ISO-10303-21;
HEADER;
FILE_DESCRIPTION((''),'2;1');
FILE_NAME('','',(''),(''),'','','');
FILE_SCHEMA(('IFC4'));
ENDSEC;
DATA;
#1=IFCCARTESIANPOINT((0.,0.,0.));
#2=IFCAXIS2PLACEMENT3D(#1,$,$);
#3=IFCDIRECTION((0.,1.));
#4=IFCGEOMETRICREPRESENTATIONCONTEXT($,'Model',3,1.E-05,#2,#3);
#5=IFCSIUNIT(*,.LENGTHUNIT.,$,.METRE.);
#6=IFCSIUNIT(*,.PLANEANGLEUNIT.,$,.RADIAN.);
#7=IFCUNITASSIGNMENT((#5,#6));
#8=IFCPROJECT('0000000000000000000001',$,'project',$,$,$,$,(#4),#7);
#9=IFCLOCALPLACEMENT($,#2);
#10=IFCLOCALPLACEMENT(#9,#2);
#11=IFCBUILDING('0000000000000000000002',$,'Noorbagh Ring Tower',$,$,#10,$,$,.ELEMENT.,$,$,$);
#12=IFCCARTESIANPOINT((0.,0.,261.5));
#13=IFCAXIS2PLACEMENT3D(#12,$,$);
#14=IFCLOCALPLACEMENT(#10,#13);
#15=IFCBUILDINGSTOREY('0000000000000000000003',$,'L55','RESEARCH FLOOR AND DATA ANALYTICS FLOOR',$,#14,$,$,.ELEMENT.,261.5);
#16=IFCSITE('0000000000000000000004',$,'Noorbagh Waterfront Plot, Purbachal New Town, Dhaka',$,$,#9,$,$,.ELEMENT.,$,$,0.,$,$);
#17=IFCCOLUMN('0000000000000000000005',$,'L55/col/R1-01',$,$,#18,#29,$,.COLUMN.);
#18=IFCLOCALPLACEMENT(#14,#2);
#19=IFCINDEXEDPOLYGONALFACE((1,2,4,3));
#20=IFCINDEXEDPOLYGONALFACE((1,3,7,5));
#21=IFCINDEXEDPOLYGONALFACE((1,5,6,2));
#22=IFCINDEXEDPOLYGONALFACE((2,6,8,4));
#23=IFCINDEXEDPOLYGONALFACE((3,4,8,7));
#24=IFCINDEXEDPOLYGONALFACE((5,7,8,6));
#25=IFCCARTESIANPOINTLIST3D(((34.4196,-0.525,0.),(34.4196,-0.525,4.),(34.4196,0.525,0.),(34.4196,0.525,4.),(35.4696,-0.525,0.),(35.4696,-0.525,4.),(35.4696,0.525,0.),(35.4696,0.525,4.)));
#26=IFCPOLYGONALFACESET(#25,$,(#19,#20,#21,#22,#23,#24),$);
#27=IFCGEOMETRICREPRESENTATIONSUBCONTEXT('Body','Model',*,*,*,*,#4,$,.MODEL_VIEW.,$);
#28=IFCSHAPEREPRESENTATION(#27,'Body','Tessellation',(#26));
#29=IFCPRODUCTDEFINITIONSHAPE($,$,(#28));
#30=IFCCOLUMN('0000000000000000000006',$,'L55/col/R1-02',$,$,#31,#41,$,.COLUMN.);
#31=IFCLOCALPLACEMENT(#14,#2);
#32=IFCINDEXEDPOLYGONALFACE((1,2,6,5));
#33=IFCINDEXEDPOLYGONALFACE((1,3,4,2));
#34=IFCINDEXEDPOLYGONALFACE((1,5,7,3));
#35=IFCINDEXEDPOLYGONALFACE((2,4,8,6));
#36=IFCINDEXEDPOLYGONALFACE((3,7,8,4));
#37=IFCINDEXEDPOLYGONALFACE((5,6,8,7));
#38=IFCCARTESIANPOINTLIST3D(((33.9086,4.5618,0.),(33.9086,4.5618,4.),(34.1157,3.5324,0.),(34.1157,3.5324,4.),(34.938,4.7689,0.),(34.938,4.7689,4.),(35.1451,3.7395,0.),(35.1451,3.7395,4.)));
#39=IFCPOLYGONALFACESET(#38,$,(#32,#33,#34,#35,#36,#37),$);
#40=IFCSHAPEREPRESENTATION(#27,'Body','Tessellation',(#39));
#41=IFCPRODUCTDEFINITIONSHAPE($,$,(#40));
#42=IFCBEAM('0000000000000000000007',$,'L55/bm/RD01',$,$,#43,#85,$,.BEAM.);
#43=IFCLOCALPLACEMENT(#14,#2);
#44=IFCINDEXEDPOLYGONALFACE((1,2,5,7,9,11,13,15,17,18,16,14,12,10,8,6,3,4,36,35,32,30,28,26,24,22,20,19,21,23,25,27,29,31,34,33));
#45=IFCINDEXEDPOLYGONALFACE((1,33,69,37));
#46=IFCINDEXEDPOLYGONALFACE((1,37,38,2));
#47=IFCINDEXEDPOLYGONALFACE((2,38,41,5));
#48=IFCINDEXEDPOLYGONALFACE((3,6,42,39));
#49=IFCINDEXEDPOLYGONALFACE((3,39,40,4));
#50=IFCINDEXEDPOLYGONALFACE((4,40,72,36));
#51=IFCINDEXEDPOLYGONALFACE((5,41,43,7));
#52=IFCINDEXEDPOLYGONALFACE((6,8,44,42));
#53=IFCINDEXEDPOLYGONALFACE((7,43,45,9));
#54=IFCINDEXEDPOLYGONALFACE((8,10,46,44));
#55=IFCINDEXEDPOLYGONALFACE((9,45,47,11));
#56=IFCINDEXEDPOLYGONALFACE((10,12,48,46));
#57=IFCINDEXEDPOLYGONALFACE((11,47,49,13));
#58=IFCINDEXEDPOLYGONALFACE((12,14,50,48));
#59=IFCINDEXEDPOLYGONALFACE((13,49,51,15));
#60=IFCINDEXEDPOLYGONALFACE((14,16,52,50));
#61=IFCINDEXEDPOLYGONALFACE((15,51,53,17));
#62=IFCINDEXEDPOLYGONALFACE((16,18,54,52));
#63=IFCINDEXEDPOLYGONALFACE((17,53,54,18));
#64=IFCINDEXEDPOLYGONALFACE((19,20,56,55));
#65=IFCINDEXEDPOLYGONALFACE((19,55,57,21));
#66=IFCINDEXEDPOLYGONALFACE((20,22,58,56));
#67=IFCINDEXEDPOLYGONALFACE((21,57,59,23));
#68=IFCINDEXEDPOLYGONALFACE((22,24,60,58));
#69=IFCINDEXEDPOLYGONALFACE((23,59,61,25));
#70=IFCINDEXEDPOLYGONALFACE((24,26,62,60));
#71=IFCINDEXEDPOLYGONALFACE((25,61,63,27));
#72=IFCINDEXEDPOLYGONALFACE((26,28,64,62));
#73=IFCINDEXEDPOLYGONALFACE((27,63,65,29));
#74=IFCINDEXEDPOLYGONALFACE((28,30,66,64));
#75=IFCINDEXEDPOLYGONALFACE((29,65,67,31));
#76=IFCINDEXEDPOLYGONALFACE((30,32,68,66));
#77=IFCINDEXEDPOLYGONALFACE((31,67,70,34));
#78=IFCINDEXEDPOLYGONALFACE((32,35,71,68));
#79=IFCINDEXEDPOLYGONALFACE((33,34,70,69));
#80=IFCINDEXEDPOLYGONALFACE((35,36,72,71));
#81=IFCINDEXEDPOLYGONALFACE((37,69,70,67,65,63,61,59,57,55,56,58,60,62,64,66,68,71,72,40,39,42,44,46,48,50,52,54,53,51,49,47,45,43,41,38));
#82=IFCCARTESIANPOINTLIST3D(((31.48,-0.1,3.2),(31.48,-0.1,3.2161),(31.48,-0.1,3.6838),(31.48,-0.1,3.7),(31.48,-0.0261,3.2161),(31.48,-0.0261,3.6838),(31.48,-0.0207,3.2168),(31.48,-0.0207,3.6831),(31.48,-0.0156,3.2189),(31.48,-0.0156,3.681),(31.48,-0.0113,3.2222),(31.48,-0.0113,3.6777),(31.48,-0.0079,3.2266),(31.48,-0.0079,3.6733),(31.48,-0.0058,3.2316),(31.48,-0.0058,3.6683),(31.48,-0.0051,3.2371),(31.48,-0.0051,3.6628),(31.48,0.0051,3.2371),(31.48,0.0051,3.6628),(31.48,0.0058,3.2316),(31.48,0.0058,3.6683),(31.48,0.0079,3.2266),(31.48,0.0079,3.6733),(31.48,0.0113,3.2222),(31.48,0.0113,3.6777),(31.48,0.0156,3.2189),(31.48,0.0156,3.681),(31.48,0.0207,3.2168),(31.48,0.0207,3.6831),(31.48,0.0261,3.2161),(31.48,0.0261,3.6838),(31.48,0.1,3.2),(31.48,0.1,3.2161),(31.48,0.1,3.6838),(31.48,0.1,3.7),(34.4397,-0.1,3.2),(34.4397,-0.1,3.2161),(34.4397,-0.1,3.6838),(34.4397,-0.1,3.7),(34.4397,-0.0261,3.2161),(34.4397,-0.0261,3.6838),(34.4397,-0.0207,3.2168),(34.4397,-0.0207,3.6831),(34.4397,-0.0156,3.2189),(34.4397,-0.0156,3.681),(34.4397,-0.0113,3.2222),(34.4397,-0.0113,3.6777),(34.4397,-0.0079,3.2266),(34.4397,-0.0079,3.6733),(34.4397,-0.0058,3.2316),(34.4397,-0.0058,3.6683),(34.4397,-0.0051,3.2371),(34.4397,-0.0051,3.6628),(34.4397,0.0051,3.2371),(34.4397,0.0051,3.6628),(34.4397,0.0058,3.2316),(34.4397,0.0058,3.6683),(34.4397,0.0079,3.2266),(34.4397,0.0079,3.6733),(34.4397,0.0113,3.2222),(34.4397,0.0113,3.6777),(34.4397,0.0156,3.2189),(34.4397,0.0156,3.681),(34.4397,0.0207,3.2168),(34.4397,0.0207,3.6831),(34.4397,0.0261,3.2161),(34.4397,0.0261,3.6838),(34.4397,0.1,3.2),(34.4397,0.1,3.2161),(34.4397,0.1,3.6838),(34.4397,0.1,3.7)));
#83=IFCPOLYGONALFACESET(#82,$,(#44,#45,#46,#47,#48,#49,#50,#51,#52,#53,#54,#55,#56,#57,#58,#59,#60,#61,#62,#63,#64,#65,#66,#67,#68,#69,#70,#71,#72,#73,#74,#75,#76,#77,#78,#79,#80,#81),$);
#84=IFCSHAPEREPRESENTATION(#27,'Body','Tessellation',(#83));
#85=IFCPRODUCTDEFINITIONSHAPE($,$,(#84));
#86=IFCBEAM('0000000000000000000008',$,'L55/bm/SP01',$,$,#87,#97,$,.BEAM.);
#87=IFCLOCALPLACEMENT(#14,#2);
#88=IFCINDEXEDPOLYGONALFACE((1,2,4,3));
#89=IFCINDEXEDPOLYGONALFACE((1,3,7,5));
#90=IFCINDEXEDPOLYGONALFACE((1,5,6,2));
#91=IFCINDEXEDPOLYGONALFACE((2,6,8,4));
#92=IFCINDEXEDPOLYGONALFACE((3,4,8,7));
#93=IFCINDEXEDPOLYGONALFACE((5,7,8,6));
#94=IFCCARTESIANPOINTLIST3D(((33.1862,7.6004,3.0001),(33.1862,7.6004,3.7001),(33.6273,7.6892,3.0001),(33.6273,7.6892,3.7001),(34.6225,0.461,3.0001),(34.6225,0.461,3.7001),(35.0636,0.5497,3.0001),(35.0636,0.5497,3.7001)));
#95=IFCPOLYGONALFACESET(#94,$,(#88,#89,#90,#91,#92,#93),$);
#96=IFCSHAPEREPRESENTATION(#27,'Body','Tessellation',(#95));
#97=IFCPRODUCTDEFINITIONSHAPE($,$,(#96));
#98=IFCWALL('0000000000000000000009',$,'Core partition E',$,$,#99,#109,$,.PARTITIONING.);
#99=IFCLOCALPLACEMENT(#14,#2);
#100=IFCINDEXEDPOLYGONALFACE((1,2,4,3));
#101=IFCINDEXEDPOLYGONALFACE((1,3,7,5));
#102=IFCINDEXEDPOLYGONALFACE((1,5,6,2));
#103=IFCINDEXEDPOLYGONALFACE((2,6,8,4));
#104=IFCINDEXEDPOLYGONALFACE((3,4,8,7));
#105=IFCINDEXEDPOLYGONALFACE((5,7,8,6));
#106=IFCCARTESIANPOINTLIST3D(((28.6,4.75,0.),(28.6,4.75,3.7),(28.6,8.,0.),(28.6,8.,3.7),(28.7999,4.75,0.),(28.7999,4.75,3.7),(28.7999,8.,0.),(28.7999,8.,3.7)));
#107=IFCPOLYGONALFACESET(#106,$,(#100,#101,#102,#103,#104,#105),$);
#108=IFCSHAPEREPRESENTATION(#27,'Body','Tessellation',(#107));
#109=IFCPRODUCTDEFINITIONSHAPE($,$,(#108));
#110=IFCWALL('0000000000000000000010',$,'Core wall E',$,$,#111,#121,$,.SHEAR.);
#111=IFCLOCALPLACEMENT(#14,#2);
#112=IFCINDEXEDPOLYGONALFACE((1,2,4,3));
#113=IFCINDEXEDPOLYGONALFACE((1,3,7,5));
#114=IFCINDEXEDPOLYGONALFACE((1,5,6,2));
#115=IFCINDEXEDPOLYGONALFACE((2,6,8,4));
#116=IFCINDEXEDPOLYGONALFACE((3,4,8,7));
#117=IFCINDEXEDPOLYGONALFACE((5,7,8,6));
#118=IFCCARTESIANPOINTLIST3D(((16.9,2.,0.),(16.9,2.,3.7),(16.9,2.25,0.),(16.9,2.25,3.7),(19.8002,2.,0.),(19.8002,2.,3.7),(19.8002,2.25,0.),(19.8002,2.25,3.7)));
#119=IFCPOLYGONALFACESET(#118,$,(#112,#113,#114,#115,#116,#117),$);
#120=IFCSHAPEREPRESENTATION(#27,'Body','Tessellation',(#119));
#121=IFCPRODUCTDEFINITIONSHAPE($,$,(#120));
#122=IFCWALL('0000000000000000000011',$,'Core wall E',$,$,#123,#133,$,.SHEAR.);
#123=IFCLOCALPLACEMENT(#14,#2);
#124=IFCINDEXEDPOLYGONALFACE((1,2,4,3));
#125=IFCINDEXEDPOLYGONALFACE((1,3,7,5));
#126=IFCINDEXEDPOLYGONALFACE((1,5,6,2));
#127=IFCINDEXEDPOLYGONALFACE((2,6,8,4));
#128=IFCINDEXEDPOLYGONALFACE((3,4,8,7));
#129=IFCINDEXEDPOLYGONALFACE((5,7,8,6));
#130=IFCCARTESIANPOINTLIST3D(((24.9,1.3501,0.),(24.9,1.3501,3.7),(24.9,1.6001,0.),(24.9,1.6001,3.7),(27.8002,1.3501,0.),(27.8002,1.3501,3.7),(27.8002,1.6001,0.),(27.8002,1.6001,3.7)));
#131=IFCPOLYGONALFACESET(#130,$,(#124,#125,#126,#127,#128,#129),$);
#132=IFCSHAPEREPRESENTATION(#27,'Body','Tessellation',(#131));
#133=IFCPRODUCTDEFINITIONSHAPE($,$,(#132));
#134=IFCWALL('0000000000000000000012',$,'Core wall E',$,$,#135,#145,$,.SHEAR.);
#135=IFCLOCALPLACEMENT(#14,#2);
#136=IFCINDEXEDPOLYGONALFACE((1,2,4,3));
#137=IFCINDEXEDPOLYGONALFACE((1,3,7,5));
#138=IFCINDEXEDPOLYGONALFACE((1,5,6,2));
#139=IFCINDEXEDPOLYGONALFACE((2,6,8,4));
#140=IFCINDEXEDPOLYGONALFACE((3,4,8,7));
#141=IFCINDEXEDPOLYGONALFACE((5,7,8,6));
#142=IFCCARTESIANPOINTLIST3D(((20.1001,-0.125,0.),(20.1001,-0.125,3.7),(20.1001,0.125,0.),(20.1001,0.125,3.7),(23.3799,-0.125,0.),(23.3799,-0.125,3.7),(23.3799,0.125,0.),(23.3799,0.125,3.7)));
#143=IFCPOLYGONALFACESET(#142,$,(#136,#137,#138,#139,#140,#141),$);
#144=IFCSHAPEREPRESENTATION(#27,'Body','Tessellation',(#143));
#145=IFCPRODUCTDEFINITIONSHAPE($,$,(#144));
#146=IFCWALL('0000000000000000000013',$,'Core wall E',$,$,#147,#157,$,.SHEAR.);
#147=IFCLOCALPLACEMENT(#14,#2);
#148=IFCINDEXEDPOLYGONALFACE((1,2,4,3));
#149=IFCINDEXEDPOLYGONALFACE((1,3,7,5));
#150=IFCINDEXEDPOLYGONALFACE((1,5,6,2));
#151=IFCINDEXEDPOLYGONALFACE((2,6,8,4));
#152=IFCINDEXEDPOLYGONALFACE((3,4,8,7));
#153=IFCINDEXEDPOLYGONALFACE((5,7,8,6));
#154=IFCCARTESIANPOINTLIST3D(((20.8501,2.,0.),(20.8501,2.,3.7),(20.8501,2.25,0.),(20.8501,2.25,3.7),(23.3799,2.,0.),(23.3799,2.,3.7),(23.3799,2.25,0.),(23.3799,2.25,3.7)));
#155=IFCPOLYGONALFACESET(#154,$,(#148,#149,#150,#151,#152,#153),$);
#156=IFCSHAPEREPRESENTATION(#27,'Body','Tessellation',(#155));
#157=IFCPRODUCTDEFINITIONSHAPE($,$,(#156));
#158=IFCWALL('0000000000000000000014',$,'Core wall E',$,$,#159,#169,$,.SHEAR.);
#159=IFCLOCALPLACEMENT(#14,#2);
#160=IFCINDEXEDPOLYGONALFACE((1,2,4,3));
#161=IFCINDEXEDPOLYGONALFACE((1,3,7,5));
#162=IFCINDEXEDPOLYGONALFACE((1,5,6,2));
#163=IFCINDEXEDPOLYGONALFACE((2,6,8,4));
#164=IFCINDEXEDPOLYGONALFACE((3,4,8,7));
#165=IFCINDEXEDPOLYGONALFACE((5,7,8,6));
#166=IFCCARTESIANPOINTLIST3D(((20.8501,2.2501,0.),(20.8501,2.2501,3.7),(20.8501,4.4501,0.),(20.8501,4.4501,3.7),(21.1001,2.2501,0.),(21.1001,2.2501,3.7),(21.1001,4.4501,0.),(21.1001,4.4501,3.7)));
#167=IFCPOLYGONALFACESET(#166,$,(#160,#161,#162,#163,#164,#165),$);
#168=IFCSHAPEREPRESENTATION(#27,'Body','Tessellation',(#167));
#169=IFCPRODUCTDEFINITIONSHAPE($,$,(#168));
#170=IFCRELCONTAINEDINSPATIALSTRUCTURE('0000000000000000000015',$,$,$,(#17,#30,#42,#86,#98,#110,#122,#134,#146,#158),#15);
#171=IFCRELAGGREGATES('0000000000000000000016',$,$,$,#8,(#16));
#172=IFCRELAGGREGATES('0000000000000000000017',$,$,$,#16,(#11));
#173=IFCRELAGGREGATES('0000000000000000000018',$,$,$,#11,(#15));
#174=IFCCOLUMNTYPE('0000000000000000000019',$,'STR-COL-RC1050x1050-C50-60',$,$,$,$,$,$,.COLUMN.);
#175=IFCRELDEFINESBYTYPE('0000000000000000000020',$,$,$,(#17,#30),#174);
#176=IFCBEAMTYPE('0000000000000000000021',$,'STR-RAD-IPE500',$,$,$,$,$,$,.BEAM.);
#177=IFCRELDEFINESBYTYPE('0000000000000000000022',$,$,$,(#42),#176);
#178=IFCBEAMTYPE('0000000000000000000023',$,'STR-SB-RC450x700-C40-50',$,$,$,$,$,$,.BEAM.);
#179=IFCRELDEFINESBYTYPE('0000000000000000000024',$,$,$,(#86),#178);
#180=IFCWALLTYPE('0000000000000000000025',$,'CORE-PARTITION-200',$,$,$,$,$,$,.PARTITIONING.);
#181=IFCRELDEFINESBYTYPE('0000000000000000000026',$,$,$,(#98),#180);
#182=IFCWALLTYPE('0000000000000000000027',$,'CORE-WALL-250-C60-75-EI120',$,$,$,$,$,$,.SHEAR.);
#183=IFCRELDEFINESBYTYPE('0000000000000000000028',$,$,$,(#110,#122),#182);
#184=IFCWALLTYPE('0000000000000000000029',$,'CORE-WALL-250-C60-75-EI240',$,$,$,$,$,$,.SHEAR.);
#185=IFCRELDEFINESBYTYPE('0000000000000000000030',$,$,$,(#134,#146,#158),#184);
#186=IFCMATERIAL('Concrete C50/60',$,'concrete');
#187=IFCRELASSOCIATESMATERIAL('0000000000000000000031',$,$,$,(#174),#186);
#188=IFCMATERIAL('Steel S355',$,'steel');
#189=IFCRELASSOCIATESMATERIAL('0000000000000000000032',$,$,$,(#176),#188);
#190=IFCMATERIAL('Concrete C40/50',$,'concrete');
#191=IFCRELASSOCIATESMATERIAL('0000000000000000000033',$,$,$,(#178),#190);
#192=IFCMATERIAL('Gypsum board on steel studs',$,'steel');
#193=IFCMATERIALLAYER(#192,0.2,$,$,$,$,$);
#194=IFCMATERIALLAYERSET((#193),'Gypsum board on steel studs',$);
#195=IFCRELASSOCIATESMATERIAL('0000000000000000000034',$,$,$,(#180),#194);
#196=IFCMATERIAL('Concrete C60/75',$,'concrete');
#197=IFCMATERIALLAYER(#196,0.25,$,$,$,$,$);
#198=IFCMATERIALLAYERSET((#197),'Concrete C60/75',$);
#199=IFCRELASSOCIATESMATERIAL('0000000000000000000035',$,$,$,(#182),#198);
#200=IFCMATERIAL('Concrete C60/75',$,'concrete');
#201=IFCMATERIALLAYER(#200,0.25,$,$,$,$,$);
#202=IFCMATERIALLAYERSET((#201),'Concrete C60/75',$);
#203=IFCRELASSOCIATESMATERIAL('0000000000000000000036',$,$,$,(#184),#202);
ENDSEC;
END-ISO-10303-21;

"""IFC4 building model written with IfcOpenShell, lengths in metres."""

from ifc_helpers import new_model, si_unit, direction, frame, frame_2d, origin, origin_2d, place, context, subcontext, project, spatial, rectangle, i_section, extrude, material, layer, layer_set, material_profile, profile_set, type_object, element, save


model = new_model("IFC4")

# Units and contexts
model_context = context("Model", 3, precision=1e-05, world=origin(), true_north=direction((0.0, 1.0)))
body_context = subcontext(model_context, "Body", "Model", "MODEL_VIEW")
ifc_project = project(units=[si_unit("LENGTHUNIT", "METRE"), si_unit("PLANEANGLEUNIT", "RADIAN")], contexts=[model_context])

# Site, building, storey
site_placement = place(None, origin())
site = spatial("IfcSite", under=ifc_project, at=site_placement, Name="Noorbagh Waterfront Plot, Purbachal New Town, Dhaka", CompositionType="ELEMENT", RefElevation=0.0)
building_placement = place(site_placement, origin())
building = spatial("IfcBuilding", under=site, at=building_placement, Name="Noorbagh Ring Tower", CompositionType="ELEMENT")
storey_placement = place(building_placement, frame((0.0, 0.0, 261.5)))
storey = spatial("IfcBuildingStorey", under=building, at=storey_placement, Name="L55", Description="RESEARCH FLOOR AND DATA ANALYTICS FLOOR", CompositionType="ELEMENT", Elevation=261.5)

# Columns
ifc_material_1 = material(Name="Concrete C50/60", Category="concrete")
ifc_material_profile_1 = material_profile(ifc_material_1, rectangle(XDim=1.05, YDim=1.05, at=origin_2d()), Name="RC1050x1050")
ifc_profile_set_1 = profile_set([ifc_material_profile_1], Name="Concrete C50/60")
column_type = type_object("IfcColumnType", Name="STR-COL-RC1050x1050-C50-60", PredefinedType="COLUMN", material=ifc_profile_set_1)
for number, where, z_axis, x_axis, name in (
    (1, (34.9446, 0.0, 0.0), (0.0, 0.0, 1.0), (0.0, 1.0, 0.0), "L55/col/R1-01"),
    (2, (34.5269, 4.1506, 0.0), (0.0, 0.0, 1.0), (-0.19723, 0.980357, 0.0), "L55/col/R1-02"),
):
    element("IfcColumn", number, at=place(storey_placement, frame(where, z_axis=z_axis, x_axis=x_axis)), inside=storey, type_object=column_type, Name=name, PredefinedType="COLUMN", context=body_context, shape_type="SweptSolid", body=[
        extrude(rectangle(XDim=1.05, YDim=1.05, at=origin_2d()), origin(), (0.0, 0.0, 1.0), 4.0),
    ])

# Beams
ifc_material_2 = material(Name="Steel S355", Category="steel")
ifc_material_profile_2 = material_profile(ifc_material_2, i_section(OverallWidth=0.2, OverallDepth=0.5, WebThickness=0.0103, FlangeThickness=0.0161, FilletRadius=0.021, at=origin_2d()), Name="IPE500")
ifc_profile_set_2 = profile_set([ifc_material_profile_2], Name="Steel S355")
beam_type_1 = type_object("IfcBeamType", Name="STR-RAD-IPE500", PredefinedType="BEAM", material=ifc_profile_set_2)
beam_1_placement = place(storey_placement, frame((34.4397, 0.0, 3.45), z_axis=(-1.0, 0.0, 0.0), x_axis=(0.0, -1.0, 0.0)))
element("IfcBeam", 3, at=beam_1_placement, inside=storey, type_object=beam_type_1, Name="L55/bm/RD01", PredefinedType="BEAM", context=body_context, shape_type="SweptSolid", body=[
    extrude(i_section(OverallWidth=0.2, OverallDepth=0.5, WebThickness=0.0103, FlangeThickness=0.0161, FilletRadius=0.021, at=origin_2d()), origin(), (0.0, 0.0, 1.0), 2.9597),
])
ifc_material_3 = material(Name="Concrete C40/50", Category="concrete")
ifc_material_profile_3 = material_profile(ifc_material_3, rectangle(XDim=0.45, YDim=0.7, at=origin_2d()), Name="RC450x700")
ifc_profile_set_3 = profile_set([ifc_material_profile_3], Name="Concrete C40/50")
beam_type_2 = type_object("IfcBeamType", Name="STR-SB-RC450x700-C40-50", PredefinedType="BEAM", material=ifc_profile_set_3)
beam_2_placement = place(storey_placement, frame((34.843, 0.5054, 3.3501), z_axis=(-0.197225, 0.980358, 0.0), x_axis=(-0.980358, -0.197225, 0.0)))
element("IfcBeam", 4, at=beam_2_placement, inside=storey, type_object=beam_type_2, Name="L55/bm/SP01", PredefinedType="BEAM", context=body_context, shape_type="SweptSolid", body=[
    extrude(rectangle(XDim=0.45, YDim=0.7, at=origin_2d()), origin(), (0.0, 0.0, 1.0), 7.2825),
])

# Walls
ifc_material_4 = material(Name="Gypsum board on steel studs", Category="steel")
ifc_layer_1 = layer(ifc_material_4, 0.2)
ifc_layer_set_1 = layer_set([ifc_layer_1], Name="Gypsum board on steel studs")
wall_type_1 = type_object("IfcWallType", Name="CORE-PARTITION-200", PredefinedType="PARTITIONING", material=ifc_layer_set_1)
wall_1_placement = place(storey_placement, frame((28.7, 4.75, 0.0), z_axis=(0.0, 0.0, 1.0), x_axis=(0.0, 1.0, 0.0)))
element("IfcWall", 5, at=wall_1_placement, inside=storey, type_object=wall_type_1, Name="Core partition E", PredefinedType="PARTITIONING", context=body_context, shape_type="SweptSolid", body=[
    extrude(rectangle(XDim=3.25, YDim=0.2, at=frame_2d((1.625, 0.0))), origin(), (0.0, 0.0, 1.0), 3.7),
])
ifc_material_5 = material(Name="Concrete C60/75", Category="concrete")
ifc_layer_2 = layer(ifc_material_5, 0.25)
ifc_layer_set_2 = layer_set([ifc_layer_2], Name="Concrete C60/75")
wall_type_2 = type_object("IfcWallType", Name="CORE-WALL-250-C60-75-EI120", PredefinedType="SHEAR", material=ifc_layer_set_2)
for number, where, z_axis, x_axis, name in (
    (6, (16.8999, 2.125, 0.0), (0.0, 0.0, 1.0), (1.0, 0.0, 0.0), "Core wall E"),
    (7, (24.8999, 1.4751, 0.0), (0.0, 0.0, 1.0), (1.0, 0.0, 0.0), "Core wall E"),
):
    element("IfcWall", number, at=place(storey_placement, frame(where, z_axis=z_axis, x_axis=x_axis)), inside=storey, type_object=wall_type_2, Name=name, PredefinedType="SHEAR", context=body_context, shape_type="SweptSolid", body=[
        extrude(rectangle(XDim=2.9001, YDim=0.25, at=frame_2d((1.4502, 0.0))), origin(), (0.0, 0.0, 1.0), 3.7),
    ])
ifc_material_6 = material(Name="Concrete C60/75", Category="concrete")
ifc_layer_3 = layer(ifc_material_6, 0.25)
ifc_layer_set_3 = layer_set([ifc_layer_3], Name="Concrete C60/75")
wall_type_3 = type_object("IfcWallType", Name="CORE-WALL-250-C60-75-EI240", PredefinedType="SHEAR", material=ifc_layer_set_3)
wall_2_placement = place(storey_placement, frame((20.1001, 0.0, 0.0), z_axis=(0.0, 0.0, 1.0), x_axis=(1.0, 0.0, 0.0)))
element("IfcWall", 8, at=wall_2_placement, inside=storey, type_object=wall_type_3, Name="Core wall E", PredefinedType="SHEAR", context=body_context, shape_type="SweptSolid", body=[
    extrude(rectangle(XDim=3.2798, YDim=0.25, at=frame_2d((1.6399, 0.0))), origin(), (0.0, 0.0, 1.0), 3.7),
])
wall_3_placement = place(storey_placement, frame((20.8501, 2.125, 0.0), z_axis=(0.0, 0.0, 1.0), x_axis=(1.0, 0.0, 0.0)))
element("IfcWall", 9, at=wall_3_placement, inside=storey, type_object=wall_type_3, Name="Core wall E", PredefinedType="SHEAR", context=body_context, shape_type="SweptSolid", body=[
    extrude(rectangle(XDim=2.5298, YDim=0.25, at=frame_2d((1.2649, 0.0))), origin(), (0.0, 0.0, 1.0), 3.7),
])
wall_4_placement = place(storey_placement, frame((20.9751, 2.25, 0.0), z_axis=(0.0, 0.0, 1.0), x_axis=(0.0, 1.0, 0.0)))
element("IfcWall", 10, at=wall_4_placement, inside=storey, type_object=wall_type_3, Name="Core wall E", PredefinedType="SHEAR", context=body_context, shape_type="SweptSolid", body=[
    extrude(rectangle(XDim=2.2, YDim=0.25, at=frame_2d((1.1001, 0.0))), origin(), (0.0, 0.0, 1.0), 3.7),
])

save(model, "model.ifc")
